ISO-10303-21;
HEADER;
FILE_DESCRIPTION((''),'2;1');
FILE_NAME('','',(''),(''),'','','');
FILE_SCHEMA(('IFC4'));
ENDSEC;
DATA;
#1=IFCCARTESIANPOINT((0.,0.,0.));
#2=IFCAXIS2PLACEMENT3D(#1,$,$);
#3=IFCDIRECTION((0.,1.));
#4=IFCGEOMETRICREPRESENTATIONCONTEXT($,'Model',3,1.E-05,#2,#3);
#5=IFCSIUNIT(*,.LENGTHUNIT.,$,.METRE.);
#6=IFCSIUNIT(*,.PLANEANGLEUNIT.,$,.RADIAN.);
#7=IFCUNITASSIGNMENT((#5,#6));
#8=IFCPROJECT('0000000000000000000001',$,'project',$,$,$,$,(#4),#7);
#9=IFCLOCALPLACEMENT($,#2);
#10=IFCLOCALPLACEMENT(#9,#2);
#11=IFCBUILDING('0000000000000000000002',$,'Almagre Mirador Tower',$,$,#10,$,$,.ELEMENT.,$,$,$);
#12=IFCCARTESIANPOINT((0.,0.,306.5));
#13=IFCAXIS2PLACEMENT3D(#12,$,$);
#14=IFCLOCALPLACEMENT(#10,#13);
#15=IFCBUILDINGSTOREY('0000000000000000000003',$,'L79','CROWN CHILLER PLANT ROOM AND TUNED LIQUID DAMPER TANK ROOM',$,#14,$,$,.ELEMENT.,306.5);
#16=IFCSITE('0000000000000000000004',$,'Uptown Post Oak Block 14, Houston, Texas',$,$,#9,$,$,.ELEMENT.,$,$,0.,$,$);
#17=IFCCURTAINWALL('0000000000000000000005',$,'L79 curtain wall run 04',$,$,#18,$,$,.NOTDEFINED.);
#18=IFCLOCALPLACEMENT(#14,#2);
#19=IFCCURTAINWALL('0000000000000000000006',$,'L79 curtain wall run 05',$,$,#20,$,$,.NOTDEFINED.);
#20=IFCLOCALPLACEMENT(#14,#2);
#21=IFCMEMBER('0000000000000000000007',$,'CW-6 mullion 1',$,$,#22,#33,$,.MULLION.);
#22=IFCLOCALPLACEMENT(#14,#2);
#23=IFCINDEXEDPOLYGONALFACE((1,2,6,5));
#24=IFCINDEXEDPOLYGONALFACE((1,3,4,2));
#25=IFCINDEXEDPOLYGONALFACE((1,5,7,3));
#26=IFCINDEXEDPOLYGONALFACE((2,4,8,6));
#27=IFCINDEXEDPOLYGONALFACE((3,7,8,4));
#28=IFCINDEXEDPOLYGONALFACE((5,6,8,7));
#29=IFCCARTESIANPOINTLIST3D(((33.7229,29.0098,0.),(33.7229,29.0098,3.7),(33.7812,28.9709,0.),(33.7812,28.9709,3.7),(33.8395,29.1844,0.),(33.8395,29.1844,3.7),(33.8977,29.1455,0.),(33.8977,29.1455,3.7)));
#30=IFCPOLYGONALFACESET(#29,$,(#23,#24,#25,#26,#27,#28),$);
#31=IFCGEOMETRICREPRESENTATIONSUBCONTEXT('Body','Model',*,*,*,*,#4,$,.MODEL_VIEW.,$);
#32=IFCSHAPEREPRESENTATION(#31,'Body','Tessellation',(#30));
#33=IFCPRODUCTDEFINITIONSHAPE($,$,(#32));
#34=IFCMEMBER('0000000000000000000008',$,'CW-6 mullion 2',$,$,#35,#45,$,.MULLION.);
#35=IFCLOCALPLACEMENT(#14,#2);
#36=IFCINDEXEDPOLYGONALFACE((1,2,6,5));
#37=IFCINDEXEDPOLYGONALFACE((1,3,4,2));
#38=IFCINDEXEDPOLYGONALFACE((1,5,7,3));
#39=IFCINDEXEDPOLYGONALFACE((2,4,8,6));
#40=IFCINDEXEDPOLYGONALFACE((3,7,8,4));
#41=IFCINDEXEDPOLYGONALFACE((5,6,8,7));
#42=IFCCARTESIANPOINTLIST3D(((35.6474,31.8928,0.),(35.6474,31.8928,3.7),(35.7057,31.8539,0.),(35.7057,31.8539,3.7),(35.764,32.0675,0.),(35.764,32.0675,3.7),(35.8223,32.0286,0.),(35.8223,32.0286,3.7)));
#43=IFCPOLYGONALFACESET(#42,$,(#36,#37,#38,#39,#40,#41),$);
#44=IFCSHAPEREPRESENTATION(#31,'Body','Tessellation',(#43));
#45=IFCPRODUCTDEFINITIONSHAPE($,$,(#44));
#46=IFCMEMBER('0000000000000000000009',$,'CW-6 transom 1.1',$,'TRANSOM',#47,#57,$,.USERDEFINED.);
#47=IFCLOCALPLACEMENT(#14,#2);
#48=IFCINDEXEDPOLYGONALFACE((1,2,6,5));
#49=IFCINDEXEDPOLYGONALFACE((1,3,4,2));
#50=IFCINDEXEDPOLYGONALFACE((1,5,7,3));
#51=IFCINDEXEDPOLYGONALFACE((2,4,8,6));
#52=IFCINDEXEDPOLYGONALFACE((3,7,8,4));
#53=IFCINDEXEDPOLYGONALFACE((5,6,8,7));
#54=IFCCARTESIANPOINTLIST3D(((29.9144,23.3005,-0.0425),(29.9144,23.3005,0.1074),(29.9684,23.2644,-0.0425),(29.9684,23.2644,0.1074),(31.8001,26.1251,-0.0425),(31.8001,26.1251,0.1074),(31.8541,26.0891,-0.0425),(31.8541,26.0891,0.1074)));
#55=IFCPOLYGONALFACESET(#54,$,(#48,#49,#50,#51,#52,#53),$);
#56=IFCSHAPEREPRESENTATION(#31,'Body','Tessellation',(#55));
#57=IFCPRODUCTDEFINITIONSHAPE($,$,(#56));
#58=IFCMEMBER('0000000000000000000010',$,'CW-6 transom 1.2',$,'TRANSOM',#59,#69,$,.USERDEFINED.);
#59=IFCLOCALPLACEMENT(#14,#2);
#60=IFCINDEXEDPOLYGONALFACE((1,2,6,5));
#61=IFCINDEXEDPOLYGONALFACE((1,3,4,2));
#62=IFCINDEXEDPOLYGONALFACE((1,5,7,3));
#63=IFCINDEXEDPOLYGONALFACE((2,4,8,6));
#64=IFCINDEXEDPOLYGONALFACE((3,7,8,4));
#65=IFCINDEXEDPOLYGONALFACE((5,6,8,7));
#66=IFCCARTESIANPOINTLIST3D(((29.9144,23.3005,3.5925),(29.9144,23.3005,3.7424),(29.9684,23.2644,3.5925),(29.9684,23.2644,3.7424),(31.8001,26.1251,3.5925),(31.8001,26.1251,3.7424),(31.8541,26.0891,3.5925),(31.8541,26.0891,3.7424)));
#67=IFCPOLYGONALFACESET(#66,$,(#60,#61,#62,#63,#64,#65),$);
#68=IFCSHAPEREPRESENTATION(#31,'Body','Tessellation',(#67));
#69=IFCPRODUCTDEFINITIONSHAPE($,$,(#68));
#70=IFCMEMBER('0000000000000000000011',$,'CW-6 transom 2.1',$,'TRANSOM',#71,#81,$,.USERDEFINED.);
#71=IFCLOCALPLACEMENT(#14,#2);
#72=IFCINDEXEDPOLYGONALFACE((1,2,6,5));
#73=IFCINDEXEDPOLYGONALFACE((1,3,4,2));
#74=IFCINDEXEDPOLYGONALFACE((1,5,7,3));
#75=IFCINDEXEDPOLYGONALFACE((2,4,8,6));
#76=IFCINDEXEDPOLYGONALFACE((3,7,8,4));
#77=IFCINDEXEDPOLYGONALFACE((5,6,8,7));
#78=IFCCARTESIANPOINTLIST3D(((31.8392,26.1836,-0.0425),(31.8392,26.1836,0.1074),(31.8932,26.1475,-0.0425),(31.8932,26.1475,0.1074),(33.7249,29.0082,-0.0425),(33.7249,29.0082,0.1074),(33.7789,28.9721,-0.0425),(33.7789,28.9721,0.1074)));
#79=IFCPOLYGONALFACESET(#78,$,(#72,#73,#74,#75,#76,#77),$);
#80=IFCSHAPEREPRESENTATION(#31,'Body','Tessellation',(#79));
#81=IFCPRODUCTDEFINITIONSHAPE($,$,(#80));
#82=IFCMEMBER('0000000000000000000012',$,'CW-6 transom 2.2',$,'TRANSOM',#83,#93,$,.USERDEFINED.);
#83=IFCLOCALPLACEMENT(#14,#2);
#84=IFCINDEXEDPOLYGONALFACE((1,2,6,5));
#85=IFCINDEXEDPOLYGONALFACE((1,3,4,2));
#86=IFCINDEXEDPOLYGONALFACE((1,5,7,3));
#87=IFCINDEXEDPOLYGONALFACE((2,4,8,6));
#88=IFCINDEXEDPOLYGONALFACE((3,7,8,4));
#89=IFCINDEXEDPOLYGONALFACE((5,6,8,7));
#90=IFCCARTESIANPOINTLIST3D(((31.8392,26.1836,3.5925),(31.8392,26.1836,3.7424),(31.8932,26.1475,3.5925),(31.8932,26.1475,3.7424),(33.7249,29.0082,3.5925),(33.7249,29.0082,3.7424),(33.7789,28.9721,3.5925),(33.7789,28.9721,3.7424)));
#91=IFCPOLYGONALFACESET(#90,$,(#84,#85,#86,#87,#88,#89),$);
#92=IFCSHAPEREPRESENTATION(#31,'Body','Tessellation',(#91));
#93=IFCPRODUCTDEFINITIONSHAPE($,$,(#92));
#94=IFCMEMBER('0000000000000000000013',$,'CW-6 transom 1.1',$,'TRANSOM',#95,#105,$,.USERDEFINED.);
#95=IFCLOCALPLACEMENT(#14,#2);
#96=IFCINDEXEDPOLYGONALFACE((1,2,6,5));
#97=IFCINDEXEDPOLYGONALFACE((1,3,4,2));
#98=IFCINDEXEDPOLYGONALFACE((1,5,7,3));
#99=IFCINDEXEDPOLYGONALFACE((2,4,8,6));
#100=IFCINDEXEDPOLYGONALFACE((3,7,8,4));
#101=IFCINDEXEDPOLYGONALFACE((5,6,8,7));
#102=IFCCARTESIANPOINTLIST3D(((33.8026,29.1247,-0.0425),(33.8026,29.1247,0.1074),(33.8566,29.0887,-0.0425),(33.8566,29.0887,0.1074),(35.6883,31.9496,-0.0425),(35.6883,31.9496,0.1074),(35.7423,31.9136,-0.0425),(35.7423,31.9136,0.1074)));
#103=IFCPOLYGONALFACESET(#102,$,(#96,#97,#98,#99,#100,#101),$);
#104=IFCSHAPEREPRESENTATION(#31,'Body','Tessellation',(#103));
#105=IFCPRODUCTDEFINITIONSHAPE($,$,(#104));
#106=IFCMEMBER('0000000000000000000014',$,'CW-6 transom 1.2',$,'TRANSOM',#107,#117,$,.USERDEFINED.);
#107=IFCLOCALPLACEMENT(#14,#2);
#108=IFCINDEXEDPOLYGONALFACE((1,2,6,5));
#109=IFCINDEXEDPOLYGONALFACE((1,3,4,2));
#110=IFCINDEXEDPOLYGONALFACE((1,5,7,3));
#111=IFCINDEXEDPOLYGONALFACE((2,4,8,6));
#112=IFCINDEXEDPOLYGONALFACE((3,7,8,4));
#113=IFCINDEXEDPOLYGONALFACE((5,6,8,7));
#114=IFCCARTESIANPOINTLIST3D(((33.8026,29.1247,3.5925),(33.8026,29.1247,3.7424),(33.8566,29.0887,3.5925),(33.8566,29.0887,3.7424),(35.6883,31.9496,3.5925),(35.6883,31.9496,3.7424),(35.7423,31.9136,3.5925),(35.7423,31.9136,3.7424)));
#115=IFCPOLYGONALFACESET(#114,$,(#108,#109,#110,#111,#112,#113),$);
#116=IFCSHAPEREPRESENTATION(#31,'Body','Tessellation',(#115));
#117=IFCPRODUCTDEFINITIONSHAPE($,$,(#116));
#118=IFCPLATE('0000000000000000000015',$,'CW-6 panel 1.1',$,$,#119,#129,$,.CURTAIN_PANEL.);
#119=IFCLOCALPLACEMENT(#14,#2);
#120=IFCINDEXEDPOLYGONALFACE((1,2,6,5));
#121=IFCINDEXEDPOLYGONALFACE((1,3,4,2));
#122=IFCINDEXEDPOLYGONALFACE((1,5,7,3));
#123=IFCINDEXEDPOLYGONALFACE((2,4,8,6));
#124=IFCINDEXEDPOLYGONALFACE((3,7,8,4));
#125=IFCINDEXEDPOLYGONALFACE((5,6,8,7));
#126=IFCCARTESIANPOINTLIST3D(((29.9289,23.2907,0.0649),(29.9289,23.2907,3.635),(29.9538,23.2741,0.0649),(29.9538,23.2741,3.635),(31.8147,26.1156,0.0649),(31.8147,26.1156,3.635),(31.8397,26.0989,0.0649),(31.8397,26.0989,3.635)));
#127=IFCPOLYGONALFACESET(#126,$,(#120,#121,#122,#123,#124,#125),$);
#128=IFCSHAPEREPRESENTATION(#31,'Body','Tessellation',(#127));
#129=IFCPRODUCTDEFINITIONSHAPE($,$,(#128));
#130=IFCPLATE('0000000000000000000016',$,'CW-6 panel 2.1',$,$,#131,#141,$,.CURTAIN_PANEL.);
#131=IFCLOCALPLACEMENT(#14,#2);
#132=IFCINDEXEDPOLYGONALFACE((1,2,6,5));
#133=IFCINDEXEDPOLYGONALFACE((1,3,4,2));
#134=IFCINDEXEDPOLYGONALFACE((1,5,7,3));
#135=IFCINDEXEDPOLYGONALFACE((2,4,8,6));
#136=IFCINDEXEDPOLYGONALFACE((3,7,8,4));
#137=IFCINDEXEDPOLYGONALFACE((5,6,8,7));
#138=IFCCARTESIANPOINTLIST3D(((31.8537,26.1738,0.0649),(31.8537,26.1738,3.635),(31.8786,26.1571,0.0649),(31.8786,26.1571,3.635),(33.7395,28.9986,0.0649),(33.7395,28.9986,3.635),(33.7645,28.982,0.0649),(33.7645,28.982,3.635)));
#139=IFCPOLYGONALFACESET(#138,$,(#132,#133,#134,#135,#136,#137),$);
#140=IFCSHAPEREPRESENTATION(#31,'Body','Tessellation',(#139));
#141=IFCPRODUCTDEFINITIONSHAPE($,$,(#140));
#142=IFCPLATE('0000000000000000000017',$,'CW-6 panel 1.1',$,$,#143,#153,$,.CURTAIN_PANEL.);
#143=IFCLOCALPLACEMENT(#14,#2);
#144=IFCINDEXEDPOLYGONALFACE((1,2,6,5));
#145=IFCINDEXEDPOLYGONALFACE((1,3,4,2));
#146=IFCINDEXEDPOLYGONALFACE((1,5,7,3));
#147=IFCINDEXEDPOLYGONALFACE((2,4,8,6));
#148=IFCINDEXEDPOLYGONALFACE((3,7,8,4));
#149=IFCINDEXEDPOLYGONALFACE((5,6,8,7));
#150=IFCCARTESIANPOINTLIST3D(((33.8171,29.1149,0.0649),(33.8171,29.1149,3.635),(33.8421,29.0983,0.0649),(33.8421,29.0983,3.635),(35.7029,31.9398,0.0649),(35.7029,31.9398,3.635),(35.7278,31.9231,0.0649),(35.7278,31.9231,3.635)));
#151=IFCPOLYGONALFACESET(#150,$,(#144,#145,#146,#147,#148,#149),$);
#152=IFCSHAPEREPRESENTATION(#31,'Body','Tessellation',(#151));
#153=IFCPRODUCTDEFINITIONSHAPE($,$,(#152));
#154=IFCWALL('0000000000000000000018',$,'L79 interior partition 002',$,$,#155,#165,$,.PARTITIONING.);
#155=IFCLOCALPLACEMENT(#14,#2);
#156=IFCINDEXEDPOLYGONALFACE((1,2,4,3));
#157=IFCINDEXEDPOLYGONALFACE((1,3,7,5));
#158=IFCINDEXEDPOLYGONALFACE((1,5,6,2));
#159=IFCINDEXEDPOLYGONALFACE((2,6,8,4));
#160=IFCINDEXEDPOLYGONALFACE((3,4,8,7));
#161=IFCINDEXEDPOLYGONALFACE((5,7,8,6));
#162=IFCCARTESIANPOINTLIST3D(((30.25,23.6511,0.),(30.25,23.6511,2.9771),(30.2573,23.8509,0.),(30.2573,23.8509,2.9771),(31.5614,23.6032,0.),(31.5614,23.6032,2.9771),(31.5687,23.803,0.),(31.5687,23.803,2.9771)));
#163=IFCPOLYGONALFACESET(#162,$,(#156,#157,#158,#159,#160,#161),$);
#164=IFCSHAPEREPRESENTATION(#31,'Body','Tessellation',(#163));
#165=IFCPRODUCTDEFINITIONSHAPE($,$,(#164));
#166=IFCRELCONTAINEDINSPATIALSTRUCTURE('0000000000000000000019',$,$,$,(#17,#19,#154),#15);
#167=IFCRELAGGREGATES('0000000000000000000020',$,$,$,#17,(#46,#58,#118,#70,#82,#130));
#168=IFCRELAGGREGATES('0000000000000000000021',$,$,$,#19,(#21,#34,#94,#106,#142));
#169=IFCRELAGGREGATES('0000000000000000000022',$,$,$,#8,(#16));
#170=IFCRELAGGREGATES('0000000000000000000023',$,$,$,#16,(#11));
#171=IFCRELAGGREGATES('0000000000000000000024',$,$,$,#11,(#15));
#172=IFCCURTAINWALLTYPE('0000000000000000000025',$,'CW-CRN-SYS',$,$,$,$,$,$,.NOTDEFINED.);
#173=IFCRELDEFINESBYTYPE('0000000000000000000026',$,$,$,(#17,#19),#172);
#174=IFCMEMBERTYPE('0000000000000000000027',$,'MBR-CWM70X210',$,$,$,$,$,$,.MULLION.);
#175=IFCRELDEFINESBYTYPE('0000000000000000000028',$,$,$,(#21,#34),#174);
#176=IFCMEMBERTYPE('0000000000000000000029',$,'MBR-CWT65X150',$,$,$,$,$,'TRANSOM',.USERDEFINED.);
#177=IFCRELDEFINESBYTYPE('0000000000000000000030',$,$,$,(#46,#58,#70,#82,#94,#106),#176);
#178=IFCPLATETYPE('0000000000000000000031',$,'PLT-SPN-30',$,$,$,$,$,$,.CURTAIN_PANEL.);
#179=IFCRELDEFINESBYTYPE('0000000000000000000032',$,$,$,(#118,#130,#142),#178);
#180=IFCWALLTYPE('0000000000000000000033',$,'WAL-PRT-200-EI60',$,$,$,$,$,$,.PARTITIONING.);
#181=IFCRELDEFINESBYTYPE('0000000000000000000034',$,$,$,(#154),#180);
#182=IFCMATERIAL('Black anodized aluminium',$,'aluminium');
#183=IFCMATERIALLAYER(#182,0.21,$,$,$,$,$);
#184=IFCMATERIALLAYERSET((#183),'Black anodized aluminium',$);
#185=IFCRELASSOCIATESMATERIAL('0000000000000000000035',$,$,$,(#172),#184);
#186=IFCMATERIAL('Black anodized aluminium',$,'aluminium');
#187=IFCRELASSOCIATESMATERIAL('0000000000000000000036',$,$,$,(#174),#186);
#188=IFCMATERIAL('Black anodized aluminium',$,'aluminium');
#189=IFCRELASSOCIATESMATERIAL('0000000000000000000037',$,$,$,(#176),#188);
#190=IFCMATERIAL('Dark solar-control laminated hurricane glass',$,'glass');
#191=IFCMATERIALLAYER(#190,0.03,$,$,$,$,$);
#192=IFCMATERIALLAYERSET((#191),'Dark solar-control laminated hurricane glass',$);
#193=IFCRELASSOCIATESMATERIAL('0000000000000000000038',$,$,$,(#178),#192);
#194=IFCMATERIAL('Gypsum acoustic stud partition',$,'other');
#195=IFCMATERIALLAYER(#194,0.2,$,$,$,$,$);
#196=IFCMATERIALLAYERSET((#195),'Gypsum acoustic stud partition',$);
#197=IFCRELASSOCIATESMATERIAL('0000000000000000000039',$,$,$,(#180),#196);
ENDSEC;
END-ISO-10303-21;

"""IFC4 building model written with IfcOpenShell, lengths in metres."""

from ifc_helpers import new_model, si_unit, direction, frame, frame_2d, origin, origin_2d, place, context, subcontext, project, spatial, rectangle, extrude, material, layer, layer_set, material_profile, profile_set, type_object, element, aggregate, save


model = new_model("IFC4")

# Units and contexts
model_context = context("Model", 3, precision=1e-05, world=origin(), true_north=direction((0.0, 1.0)))
body_context = subcontext(model_context, "Body", "Model", "MODEL_VIEW")
ifc_project = project(units=[si_unit("LENGTHUNIT", "METRE"), si_unit("PLANEANGLEUNIT", "RADIAN")], contexts=[model_context])

# Site, building, storey
site_placement = place(None, origin())
site = spatial("IfcSite", under=ifc_project, at=site_placement, Name="Uptown Post Oak Block 14, Houston, Texas", CompositionType="ELEMENT", RefElevation=0.0)
building_placement = place(site_placement, origin())
building = spatial("IfcBuilding", under=site, at=building_placement, Name="Almagre Mirador Tower", CompositionType="ELEMENT")
storey_placement = place(building_placement, frame((0.0, 0.0, 306.5)))
storey = spatial("IfcBuildingStorey", under=building, at=storey_placement, Name="L79", Description="CROWN CHILLER PLANT ROOM AND TUNED LIQUID DAMPER TANK ROOM", CompositionType="ELEMENT", Elevation=306.5)

# Curtain walls, members
ifc_material_1 = material(Name="Black anodized aluminium", Category="aluminium")
ifc_layer_1 = layer(ifc_material_1, 0.21)
ifc_layer_set_1 = layer_set([ifc_layer_1], Name="Black anodized aluminium")
curtain_wall_type = type_object("IfcCurtainWallType", Name="CW-CRN-SYS", PredefinedType="NOTDEFINED", material=ifc_layer_set_1)
curtain_wall_1_placement = place(storey_placement, origin())
curtain_wall_1 = element("IfcCurtainWall", 1, at=curtain_wall_1_placement, inside=storey, type_object=curtain_wall_type, Name="L79 curtain wall run 04", PredefinedType="NOTDEFINED")
ifc_material_2 = material(Name="Black anodized aluminium", Category="aluminium")
ifc_material_profile_1 = material_profile(ifc_material_2, rectangle(XDim=0.0701, YDim=0.21, at=origin_2d()), Name="CWM70X210")
ifc_profile_set_1 = profile_set([ifc_material_profile_1], Name="Black anodized aluminium")
member_type_1 = type_object("IfcMemberType", Name="MBR-CWM70X210", PredefinedType="MULLION", material=ifc_profile_set_1)
curtain_wall_2_placement = place(storey_placement, origin())
curtain_wall_2 = element("IfcCurtainWall", 2, at=curtain_wall_2_placement, inside=storey, type_object=curtain_wall_type, Name="L79 curtain wall run 05", PredefinedType="NOTDEFINED")
member_1_placement = place(storey_placement, frame((33.8103, 29.0776, 0.0), z_axis=(0.0, 0.0, 1.0), x_axis=(-0.831705, 0.555217, 0.0)))
member_1 = element("IfcMember", 3, at=member_1_placement, type_object=member_type_1, Name="CW-6 mullion 1", PredefinedType="MULLION", context=body_context, shape_type="SweptSolid", body=[
    extrude(rectangle(XDim=0.0701, YDim=0.21, at=origin_2d()), origin(), (0.0, 0.0, 1.0), 3.7),
])
member_2_placement = place(storey_placement, frame((35.7349, 31.9607, 0.0), z_axis=(0.0, 0.0, 1.0), x_axis=(-0.831705, 0.555217, 0.0)))
member_2 = element("IfcMember", 4, at=member_2_placement, type_object=member_type_1, Name="CW-6 mullion 2", PredefinedType="MULLION", context=body_context, shape_type="SweptSolid", body=[
    extrude(rectangle(XDim=0.0701, YDim=0.21, at=origin_2d()), origin(), (0.0, 0.0, 1.0), 3.7),
])

# Members
ifc_material_3 = material(Name="Black anodized aluminium", Category="aluminium")
ifc_material_profile_2 = material_profile(ifc_material_3, rectangle(XDim=0.0649, YDim=0.1499, at=origin_2d()), Name="CWT65X150")
ifc_profile_set_2 = profile_set([ifc_material_profile_2], Name="Black anodized aluminium")
member_type_2 = type_object("IfcMemberType", Name="MBR-CWT65X150", ElementType="TRANSOM", PredefinedType="USERDEFINED", material=ifc_profile_set_2)
member_3_placement = place(storey_placement, frame((29.9414, 23.2825, 0.0325), z_axis=(0.555231, 0.831696, 0.0), x_axis=(-0.831696, 0.555231, 0.0)))
member_3 = element("IfcMember", 5, at=member_3_placement, type_object=member_type_2, Name="CW-6 transom 1.1", ObjectType="TRANSOM", PredefinedType="USERDEFINED", context=body_context, shape_type="SweptSolid", body=[
    extrude(rectangle(XDim=0.0649, YDim=0.1499, at=origin_2d()), origin(), (0.0, 0.0, 1.0), 3.3962),
])
member_4_placement = place(storey_placement, frame((29.9414, 23.2825, 3.6675), z_axis=(0.555231, 0.831696, 0.0), x_axis=(-0.831696, 0.555231, 0.0)))
member_4 = element("IfcMember", 6, at=member_4_placement, type_object=member_type_2, Name="CW-6 transom 1.2", ObjectType="TRANSOM", PredefinedType="USERDEFINED", context=body_context, shape_type="SweptSolid", body=[
    extrude(rectangle(XDim=0.0649, YDim=0.1499, at=origin_2d()), origin(), (0.0, 0.0, 1.0), 3.3962),
])
member_5_placement = place(storey_placement, frame((31.8662, 26.1655, 0.0325), z_axis=(0.555231, 0.831696, 0.0), x_axis=(-0.831696, 0.555231, 0.0)))
member_5 = element("IfcMember", 7, at=member_5_placement, type_object=member_type_2, Name="CW-6 transom 2.1", ObjectType="TRANSOM", PredefinedType="USERDEFINED", context=body_context, shape_type="SweptSolid", body=[
    extrude(rectangle(XDim=0.0649, YDim=0.1499, at=origin_2d()), origin(), (0.0, 0.0, 1.0), 3.3962),
])
member_6_placement = place(storey_placement, frame((31.8662, 26.1655, 3.6675), z_axis=(0.555231, 0.831696, 0.0), x_axis=(-0.831696, 0.555231, 0.0)))
member_6 = element("IfcMember", 8, at=member_6_placement, type_object=member_type_2, Name="CW-6 transom 2.2", ObjectType="TRANSOM", PredefinedType="USERDEFINED", context=body_context, shape_type="SweptSolid", body=[
    extrude(rectangle(XDim=0.0649, YDim=0.1499, at=origin_2d()), origin(), (0.0, 0.0, 1.0), 3.3962),
])
member_7_placement = place(storey_placement, frame((33.8296, 29.1067, 0.0325), z_axis=(0.555198, 0.831718, 0.0), x_axis=(-0.831718, 0.555198, 0.0)))
member_7 = element("IfcMember", 9, at=member_7_placement, type_object=member_type_2, Name="CW-6 transom 1.1", ObjectType="TRANSOM", PredefinedType="USERDEFINED", context=body_context, shape_type="SweptSolid", body=[
    extrude(rectangle(XDim=0.0649, YDim=0.1499, at=origin_2d()), origin(), (0.0, 0.0, 1.0), 3.3965),
])
member_8_placement = place(storey_placement, frame((33.8296, 29.1067, 3.6675), z_axis=(0.555198, 0.831718, 0.0), x_axis=(-0.831718, 0.555198, 0.0)))
member_8 = element("IfcMember", 10, at=member_8_placement, type_object=member_type_2, Name="CW-6 transom 1.2", ObjectType="TRANSOM", PredefinedType="USERDEFINED", context=body_context, shape_type="SweptSolid", body=[
    extrude(rectangle(XDim=0.0649, YDim=0.1499, at=origin_2d()), origin(), (0.0, 0.0, 1.0), 3.3965),
])

# Plates
ifc_material_4 = material(Name="Dark solar-control laminated hurricane glass", Category="glass")
ifc_layer_2 = layer(ifc_material_4, 0.03)
ifc_layer_set_2 = layer_set([ifc_layer_2], Name="Dark solar-control laminated hurricane glass")
plate_type = type_object("IfcPlateType", Name="PLT-SPN-30", PredefinedType="CURTAIN_PANEL", material=ifc_layer_set_2)
plate_1_placement = place(storey_placement, frame((30.8843, 24.6948, 0.0649), z_axis=(0.0, 0.0, 1.0), x_axis=(0.555234, 0.831694, 0.0)))
plate_1 = element("IfcPlate", 11, at=plate_1_placement, type_object=plate_type, Name="CW-6 panel 1.1", PredefinedType="CURTAIN_PANEL", context=body_context, shape_type="SweptSolid", body=[
    extrude(rectangle(XDim=3.3965, YDim=0.03, at=origin_2d()), origin(), (0.0, 0.0, 1.0), 3.5701),
])
plate_2_placement = place(storey_placement, frame((32.8091, 27.5779, 0.0649), z_axis=(0.0, 0.0, 1.0), x_axis=(0.555234, 0.831694, 0.0)))
plate_2 = element("IfcPlate", 12, at=plate_2_placement, type_object=plate_type, Name="CW-6 panel 2.1", PredefinedType="CURTAIN_PANEL", context=body_context, shape_type="SweptSolid", body=[
    extrude(rectangle(XDim=3.3965, YDim=0.03, at=origin_2d()), origin(), (0.0, 0.0, 1.0), 3.5701),
])
aggregate(curtain_wall_1, [member_3, member_4, plate_1, member_5, member_6, plate_2])
plate_3_placement = place(storey_placement, frame((34.7725, 30.519, 0.0649), z_axis=(0.0, 0.0, 1.0), x_axis=(0.555217, 0.831705, 0.0)))
plate_3 = element("IfcPlate", 13, at=plate_3_placement, type_object=plate_type, Name="CW-6 panel 1.1", PredefinedType="CURTAIN_PANEL", context=body_context, shape_type="SweptSolid", body=[
    extrude(rectangle(XDim=3.3965, YDim=0.03, at=origin_2d()), origin(), (0.0, 0.0, 1.0), 3.5701),
])
aggregate(curtain_wall_2, [member_1, member_2, member_7, member_8, plate_3])

# Wall
ifc_material_5 = material(Name="Gypsum acoustic stud partition", Category="other")
ifc_layer_3 = layer(ifc_material_5, 0.2)
ifc_layer_set_3 = layer_set([ifc_layer_3], Name="Gypsum acoustic stud partition")
wall_type = type_object("IfcWallType", Name="WAL-PRT-200-EI60", PredefinedType="PARTITIONING", material=ifc_layer_set_3)
wall_placement = place(storey_placement, frame((31.5652, 23.7031, 0.0), z_axis=(0.0, 0.0, 1.0), x_axis=(-0.999335, 0.036468, 0.0)))
element("IfcWall", 14, at=wall_placement, inside=storey, type_object=wall_type, Name="L79 interior partition 002", PredefinedType="PARTITIONING", context=body_context, shape_type="SweptSolid", body=[
    extrude(rectangle(XDim=1.3123, YDim=0.2, at=frame_2d((0.6562, 0.0))), origin(), (0.0, 0.0, 1.0), 2.9771),
])

save(model, "model.ifc")
